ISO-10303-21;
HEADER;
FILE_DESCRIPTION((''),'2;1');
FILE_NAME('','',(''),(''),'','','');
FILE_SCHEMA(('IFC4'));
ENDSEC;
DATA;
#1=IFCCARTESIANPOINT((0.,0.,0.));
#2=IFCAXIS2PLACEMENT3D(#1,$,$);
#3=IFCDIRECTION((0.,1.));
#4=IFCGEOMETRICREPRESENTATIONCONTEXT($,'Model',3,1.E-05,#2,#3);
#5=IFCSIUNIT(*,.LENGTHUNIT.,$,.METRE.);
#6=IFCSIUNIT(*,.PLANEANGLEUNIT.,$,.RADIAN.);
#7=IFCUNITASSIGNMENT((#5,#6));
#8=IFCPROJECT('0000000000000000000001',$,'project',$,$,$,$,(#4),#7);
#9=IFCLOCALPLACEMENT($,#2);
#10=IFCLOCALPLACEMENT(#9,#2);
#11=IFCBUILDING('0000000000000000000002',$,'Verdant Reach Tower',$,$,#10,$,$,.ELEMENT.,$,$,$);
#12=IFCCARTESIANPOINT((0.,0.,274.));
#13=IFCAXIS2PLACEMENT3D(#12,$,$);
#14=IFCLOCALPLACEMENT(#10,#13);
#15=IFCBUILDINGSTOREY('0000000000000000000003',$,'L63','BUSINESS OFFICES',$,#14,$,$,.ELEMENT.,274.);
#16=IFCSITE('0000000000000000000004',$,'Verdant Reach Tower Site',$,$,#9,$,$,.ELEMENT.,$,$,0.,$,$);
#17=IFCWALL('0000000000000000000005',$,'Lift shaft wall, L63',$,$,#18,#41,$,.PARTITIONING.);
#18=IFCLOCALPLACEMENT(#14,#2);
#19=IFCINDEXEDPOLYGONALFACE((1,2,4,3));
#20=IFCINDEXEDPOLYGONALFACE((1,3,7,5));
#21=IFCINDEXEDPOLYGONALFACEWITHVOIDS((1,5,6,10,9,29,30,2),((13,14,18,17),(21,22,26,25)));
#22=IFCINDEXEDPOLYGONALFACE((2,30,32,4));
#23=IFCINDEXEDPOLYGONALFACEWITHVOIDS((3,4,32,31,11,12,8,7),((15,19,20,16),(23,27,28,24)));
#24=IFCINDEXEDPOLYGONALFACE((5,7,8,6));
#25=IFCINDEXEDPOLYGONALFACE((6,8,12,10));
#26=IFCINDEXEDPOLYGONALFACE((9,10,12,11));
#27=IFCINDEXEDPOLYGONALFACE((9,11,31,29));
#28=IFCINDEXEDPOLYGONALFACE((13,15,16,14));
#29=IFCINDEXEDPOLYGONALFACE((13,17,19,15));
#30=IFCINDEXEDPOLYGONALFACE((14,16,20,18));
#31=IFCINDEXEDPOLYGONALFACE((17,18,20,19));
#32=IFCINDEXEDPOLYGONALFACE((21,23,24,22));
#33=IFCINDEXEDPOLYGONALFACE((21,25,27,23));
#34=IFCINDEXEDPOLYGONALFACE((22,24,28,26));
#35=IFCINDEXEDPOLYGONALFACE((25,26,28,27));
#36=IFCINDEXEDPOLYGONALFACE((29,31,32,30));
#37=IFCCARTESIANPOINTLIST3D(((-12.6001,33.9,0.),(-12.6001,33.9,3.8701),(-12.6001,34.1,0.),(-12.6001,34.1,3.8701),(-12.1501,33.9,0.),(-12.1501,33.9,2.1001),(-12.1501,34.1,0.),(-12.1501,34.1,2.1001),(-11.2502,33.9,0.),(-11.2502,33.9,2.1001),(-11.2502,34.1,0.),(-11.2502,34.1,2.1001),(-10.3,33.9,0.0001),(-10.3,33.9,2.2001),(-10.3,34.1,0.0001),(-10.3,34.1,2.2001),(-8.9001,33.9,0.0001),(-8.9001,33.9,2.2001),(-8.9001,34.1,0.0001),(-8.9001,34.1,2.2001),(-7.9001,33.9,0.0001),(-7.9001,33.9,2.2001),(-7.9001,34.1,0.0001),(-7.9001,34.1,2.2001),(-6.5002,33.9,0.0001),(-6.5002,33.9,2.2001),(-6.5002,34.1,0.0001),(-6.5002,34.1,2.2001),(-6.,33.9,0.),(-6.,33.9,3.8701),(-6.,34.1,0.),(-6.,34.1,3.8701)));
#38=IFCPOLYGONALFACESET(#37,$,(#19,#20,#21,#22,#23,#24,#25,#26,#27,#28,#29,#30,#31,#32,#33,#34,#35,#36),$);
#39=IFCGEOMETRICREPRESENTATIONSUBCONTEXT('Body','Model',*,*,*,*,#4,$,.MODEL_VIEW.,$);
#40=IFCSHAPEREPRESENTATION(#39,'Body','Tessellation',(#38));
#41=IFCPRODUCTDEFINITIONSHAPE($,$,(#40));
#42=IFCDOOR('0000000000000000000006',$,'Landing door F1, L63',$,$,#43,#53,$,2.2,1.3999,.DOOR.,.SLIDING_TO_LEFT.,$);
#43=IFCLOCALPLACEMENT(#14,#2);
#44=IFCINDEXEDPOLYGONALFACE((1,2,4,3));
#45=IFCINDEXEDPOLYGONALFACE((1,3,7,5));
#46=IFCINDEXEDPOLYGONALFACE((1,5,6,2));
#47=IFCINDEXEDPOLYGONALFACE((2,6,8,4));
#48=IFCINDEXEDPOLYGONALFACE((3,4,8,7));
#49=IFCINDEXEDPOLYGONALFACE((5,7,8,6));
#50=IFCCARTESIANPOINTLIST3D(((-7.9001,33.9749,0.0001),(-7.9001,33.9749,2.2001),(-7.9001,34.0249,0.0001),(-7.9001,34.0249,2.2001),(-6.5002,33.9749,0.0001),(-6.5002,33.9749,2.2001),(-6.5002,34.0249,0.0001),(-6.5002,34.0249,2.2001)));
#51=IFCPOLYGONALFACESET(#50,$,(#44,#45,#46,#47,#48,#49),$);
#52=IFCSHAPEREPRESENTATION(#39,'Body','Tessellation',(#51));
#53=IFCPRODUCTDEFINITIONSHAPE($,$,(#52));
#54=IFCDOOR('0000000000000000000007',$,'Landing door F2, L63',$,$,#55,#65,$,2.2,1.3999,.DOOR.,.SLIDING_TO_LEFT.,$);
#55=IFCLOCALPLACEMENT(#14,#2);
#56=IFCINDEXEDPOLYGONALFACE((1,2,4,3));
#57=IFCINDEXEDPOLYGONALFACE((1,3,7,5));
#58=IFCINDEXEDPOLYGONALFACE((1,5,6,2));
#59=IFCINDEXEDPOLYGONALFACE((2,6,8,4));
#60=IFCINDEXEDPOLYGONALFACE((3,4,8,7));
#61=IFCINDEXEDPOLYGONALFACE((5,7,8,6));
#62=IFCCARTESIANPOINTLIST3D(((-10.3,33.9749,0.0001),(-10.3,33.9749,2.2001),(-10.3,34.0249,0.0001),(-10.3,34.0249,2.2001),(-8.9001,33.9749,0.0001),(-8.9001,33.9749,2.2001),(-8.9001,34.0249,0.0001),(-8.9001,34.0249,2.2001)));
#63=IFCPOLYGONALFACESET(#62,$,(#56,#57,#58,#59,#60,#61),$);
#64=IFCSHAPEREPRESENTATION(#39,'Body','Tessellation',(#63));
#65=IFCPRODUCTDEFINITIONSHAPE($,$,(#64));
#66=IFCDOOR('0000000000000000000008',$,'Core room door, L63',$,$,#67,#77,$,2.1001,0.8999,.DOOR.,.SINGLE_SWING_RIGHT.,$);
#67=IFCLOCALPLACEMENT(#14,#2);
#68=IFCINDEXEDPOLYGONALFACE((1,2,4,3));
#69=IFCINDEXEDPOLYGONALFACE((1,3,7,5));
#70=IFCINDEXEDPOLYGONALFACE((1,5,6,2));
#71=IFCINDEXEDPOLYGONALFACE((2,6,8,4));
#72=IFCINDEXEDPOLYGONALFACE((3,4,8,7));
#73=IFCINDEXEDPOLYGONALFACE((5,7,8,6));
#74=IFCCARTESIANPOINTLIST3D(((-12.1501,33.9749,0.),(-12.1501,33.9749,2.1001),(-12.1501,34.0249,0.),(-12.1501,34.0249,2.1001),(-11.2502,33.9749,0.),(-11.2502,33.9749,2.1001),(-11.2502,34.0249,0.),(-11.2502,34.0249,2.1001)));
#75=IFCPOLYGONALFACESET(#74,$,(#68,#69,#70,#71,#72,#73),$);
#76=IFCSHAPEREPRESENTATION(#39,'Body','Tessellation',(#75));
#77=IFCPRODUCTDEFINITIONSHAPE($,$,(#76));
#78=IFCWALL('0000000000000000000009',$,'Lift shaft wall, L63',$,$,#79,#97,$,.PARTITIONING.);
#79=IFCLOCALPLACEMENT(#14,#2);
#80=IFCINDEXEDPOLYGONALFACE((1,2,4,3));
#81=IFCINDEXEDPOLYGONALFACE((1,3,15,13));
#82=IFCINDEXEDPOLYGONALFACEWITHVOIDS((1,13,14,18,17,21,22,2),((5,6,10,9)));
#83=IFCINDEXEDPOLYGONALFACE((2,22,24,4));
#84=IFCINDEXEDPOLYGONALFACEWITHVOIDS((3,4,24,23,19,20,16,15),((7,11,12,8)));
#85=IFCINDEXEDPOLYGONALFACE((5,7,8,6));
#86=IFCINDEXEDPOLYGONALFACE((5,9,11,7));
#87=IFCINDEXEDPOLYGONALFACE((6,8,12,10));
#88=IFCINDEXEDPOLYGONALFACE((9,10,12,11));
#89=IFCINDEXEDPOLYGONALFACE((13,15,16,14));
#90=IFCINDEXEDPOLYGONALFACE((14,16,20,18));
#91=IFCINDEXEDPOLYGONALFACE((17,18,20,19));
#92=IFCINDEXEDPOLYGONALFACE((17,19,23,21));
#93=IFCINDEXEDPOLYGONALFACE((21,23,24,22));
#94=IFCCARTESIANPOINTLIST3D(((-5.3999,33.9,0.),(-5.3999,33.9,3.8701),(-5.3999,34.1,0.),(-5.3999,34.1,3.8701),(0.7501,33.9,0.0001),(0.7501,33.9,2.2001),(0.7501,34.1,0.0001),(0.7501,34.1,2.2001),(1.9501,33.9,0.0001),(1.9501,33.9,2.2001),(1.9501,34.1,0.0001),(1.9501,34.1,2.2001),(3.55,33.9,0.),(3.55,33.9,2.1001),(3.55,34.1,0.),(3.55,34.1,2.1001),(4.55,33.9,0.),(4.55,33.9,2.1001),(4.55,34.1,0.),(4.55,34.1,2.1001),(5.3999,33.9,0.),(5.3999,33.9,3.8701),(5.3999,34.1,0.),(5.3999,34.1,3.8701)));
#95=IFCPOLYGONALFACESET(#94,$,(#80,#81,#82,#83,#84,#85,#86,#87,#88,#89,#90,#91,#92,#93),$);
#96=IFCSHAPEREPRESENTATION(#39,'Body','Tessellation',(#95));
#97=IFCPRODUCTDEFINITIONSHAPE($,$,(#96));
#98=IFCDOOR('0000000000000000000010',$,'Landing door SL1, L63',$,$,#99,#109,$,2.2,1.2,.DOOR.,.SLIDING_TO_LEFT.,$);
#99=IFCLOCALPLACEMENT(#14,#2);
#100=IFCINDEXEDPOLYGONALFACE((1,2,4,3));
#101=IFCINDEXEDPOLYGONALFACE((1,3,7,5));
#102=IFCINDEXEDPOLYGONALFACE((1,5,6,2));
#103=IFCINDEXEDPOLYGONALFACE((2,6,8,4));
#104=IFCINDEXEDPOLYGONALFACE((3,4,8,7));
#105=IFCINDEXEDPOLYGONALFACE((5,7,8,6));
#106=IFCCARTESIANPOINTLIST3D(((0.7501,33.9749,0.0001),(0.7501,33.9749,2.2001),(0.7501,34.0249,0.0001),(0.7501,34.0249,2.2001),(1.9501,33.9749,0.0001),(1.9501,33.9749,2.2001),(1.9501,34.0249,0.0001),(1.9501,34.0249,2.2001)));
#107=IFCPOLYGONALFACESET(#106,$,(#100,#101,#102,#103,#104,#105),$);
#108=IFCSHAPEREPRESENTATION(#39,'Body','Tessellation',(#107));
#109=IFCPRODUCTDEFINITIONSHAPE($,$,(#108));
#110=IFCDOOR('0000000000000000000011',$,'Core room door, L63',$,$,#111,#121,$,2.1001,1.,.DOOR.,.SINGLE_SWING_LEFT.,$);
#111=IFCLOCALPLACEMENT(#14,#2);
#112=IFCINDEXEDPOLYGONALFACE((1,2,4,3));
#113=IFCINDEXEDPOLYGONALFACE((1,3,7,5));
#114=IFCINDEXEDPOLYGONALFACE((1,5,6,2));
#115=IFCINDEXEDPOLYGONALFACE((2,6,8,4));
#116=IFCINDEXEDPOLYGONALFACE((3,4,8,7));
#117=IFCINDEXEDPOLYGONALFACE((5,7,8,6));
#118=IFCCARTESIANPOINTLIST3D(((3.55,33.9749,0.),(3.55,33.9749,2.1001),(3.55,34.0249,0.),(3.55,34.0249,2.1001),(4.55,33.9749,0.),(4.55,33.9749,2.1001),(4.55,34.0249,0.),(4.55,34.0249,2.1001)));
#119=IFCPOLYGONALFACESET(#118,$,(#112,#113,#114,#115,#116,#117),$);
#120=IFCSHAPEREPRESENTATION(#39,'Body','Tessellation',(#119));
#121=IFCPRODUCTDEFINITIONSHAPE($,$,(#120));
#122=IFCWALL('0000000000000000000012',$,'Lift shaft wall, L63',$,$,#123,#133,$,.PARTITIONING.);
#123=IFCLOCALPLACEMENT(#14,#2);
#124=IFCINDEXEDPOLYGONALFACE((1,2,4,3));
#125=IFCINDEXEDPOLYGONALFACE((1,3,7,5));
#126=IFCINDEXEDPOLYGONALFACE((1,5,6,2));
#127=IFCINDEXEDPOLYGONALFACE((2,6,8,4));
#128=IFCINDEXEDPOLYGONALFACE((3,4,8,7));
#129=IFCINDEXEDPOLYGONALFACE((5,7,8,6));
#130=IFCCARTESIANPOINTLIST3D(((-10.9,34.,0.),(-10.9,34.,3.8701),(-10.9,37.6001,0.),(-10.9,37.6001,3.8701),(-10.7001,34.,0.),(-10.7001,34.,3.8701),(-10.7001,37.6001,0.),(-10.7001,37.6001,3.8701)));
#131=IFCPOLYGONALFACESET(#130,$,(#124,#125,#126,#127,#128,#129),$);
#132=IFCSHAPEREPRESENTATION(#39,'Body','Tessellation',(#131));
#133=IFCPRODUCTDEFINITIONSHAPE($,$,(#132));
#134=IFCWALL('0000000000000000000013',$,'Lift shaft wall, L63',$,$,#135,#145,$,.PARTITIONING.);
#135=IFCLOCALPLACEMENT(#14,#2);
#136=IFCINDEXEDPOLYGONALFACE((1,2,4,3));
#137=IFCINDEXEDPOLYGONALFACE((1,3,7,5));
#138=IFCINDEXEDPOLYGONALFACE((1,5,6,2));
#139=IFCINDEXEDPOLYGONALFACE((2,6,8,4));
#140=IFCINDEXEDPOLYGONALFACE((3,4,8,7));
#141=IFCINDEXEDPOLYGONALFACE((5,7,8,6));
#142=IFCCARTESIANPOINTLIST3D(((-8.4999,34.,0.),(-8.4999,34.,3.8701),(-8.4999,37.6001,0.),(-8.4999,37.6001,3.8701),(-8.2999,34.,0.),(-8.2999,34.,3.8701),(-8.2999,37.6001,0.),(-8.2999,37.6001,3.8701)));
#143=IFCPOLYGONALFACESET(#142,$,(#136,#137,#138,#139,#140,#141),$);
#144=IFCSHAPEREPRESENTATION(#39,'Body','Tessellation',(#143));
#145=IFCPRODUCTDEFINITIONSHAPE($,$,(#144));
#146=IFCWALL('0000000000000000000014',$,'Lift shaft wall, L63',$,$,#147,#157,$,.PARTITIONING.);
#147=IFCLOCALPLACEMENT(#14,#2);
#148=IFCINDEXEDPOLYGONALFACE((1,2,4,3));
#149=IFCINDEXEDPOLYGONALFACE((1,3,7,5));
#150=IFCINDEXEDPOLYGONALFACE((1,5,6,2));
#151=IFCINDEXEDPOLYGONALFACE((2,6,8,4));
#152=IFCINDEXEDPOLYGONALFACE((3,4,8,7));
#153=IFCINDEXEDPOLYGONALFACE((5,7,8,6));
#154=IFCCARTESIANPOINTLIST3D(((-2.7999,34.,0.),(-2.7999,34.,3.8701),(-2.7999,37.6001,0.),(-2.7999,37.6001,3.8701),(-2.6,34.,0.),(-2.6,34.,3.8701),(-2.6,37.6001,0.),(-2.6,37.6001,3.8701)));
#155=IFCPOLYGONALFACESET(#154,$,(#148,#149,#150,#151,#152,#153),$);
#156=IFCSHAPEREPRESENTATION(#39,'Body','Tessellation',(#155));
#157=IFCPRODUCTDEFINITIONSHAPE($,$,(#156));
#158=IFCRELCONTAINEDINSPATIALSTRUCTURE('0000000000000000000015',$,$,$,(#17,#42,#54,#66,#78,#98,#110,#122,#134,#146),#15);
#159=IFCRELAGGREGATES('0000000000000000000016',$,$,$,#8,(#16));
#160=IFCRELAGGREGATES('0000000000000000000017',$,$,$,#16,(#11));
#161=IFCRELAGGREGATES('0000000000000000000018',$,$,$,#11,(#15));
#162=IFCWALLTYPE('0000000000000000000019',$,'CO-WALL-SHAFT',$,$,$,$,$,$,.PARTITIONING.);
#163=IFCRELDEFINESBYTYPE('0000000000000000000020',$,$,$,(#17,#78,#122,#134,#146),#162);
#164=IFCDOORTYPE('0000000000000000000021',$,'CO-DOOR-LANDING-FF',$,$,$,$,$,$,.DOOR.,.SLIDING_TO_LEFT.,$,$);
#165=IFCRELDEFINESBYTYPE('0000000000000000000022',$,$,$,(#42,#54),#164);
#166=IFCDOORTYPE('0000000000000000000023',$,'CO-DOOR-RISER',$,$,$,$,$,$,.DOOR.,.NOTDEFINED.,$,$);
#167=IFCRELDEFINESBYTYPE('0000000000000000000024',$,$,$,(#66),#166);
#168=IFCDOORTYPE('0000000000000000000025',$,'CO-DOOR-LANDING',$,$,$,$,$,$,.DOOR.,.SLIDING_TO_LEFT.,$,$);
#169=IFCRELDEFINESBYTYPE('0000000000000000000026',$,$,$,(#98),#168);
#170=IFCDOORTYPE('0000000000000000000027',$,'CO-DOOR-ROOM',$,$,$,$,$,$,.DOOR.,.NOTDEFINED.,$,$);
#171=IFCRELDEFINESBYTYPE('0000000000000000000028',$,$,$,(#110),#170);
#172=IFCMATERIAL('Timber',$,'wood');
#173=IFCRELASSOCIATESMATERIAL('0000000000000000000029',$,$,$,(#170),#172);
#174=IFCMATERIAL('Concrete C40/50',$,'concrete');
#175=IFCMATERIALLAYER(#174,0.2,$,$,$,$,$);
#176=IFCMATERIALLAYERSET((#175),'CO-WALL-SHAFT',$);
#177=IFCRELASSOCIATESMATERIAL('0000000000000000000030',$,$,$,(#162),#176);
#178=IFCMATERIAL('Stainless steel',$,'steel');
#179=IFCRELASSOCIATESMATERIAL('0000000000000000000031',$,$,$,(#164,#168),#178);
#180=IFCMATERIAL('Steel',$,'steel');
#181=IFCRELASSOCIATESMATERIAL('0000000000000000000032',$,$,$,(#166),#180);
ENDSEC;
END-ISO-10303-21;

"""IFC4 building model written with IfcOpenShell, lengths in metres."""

from ifc_helpers import new_model, si_unit, direction, frame, frame_2d, origin, place, context, subcontext, project, spatial, rectangle, extrude, material, layer, layer_set, type_object, element, fill, save


model = new_model("IFC4")

# Units and contexts
model_context = context("Model", 3, precision=1e-05, world=origin(), true_north=direction((0.0, 1.0)))
body_context = subcontext(model_context, "Body", "Model", "MODEL_VIEW")
ifc_project = project(units=[si_unit("LENGTHUNIT", "METRE"), si_unit("PLANEANGLEUNIT", "RADIAN")], contexts=[model_context])

# Site, building, storey
site_placement = place(None, origin())
site = spatial("IfcSite", under=ifc_project, at=site_placement, Name="Verdant Reach Tower Site", CompositionType="ELEMENT", RefElevation=0.0)
building_placement = place(site_placement, origin())
building = spatial("IfcBuilding", under=site, at=building_placement, Name="Verdant Reach Tower", CompositionType="ELEMENT")
storey_placement = place(building_placement, frame((0.0, 0.0, 274.0)))
storey = spatial("IfcBuildingStorey", under=building, at=storey_placement, Name="L63", Description="BUSINESS OFFICES", CompositionType="ELEMENT", Elevation=274.0)

# Walls, openings, doors
ifc_material_1 = material(Name="Timber", Category="wood")
door_type_1 = type_object("IfcDoorType", Name="CO-DOOR-ROOM", OperationType="NOTDEFINED", PredefinedType="DOOR", material=ifc_material_1)
ifc_material_2 = material(Name="Concrete C40/50", Category="concrete")
ifc_layer_1 = layer(ifc_material_2, 0.2)
ifc_layer_set_1 = layer_set([ifc_layer_1], Name="CO-WALL-SHAFT")
wall_type_1 = type_object("IfcWallType", Name="CO-WALL-SHAFT", PredefinedType="PARTITIONING", material=ifc_layer_set_1)
wall_1_placement = place(storey_placement, frame((-12.6001, 34.0, 0.0), z_axis=(0.0, 0.0, 1.0), x_axis=(1.0, 0.0, 0.0)))
wall_1 = element("IfcWall", 1, at=wall_1_placement, inside=storey, type_object=wall_type_1, Name="Lift shaft wall, L63", PredefinedType="PARTITIONING", context=body_context, shape_type="SweptSolid", body=[
    extrude(rectangle(XDim=6.6001, YDim=0.2, at=frame_2d((3.3, 0.0))), origin(), (0.0, 0.0, 1.0), 3.8701),
])
opening_1_placement = place(wall_1_placement, frame((4.7, 0.0, 0.0)))
opening_1 = element("IfcOpeningElement", 2, at=opening_1_placement, cuts=wall_1, PredefinedType="OPENING", context=body_context, shape_type="SweptSolid", body=[
    extrude(rectangle(XDim=1.3999, YDim=2.2, at=frame_2d((0.7, 1.1001))), frame((0.0, 0.1099, 0.0), z_axis=(0.0, -1.0, 0.0), x_axis=(1.0, 0.0, 0.0)), (0.0, 0.0, 1.0), 0.22),
])
opening_2_placement = place(wall_1_placement, frame((2.3, 0.0, 0.0)))
opening_2 = element("IfcOpeningElement", 3, at=opening_2_placement, cuts=wall_1, PredefinedType="OPENING", context=body_context, shape_type="SweptSolid", body=[
    extrude(rectangle(XDim=1.3999, YDim=2.2, at=frame_2d((0.7, 1.1001))), frame((0.0, 0.1099, 0.0), z_axis=(0.0, -1.0, 0.0), x_axis=(1.0, 0.0, 0.0)), (0.0, 0.0, 1.0), 0.22),
])
opening_3_placement = place(wall_1_placement, frame((0.45, 0.0, 0.0)))
opening_3 = element("IfcOpeningElement", 4, at=opening_3_placement, cuts=wall_1, PredefinedType="OPENING", context=body_context, shape_type="SweptSolid", body=[
    extrude(rectangle(XDim=0.8999, YDim=2.1001, at=frame_2d((0.45, 1.05))), frame((0.0, 0.1099, 0.0), z_axis=(0.0, -1.0, 0.0), x_axis=(1.0, 0.0, 0.0)), (0.0, 0.0, 1.0), 0.22),
])
ifc_material_3 = material(Name="Stainless steel", Category="steel")
door_type_2 = type_object("IfcDoorType", Name="CO-DOOR-LANDING-FF", OperationType="SLIDING_TO_LEFT", PredefinedType="DOOR", material=ifc_material_3)
door_1_placement = place(opening_1_placement, origin())
door_1 = element("IfcDoor", 5, at=door_1_placement, inside=storey, type_object=door_type_2, Name="Landing door F1, L63", OperationType="SLIDING_TO_LEFT", OverallHeight=2.2, OverallWidth=1.3999, PredefinedType="DOOR", context=body_context, shape_type="SweptSolid", body=[
    extrude(rectangle(XDim=1.3999, YDim=2.2, at=frame_2d((0.7, 1.1001))), frame((0.0, 0.0249, 0.0), z_axis=(0.0, -1.0, 0.0), x_axis=(1.0, 0.0, 0.0)), (0.0, 0.0, 1.0), 0.05),
])
fill(opening_1, door_1)
door_2_placement = place(opening_2_placement, origin())
door_2 = element("IfcDoor", 6, at=door_2_placement, inside=storey, type_object=door_type_2, Name="Landing door F2, L63", OperationType="SLIDING_TO_LEFT", OverallHeight=2.2, OverallWidth=1.3999, PredefinedType="DOOR", context=body_context, shape_type="SweptSolid", body=[
    extrude(rectangle(XDim=1.3999, YDim=2.2, at=frame_2d((0.7, 1.1001))), frame((0.0, 0.0249, 0.0), z_axis=(0.0, -1.0, 0.0), x_axis=(1.0, 0.0, 0.0)), (0.0, 0.0, 1.0), 0.05),
])
fill(opening_2, door_2)
ifc_material_4 = material(Name="Steel", Category="steel")
door_type_3 = type_object("IfcDoorType", Name="CO-DOOR-RISER", OperationType="NOTDEFINED", PredefinedType="DOOR", material=ifc_material_4)
door_3_placement = place(opening_3_placement, origin())
door_3 = element("IfcDoor", 7, at=door_3_placement, inside=storey, type_object=door_type_3, Name="Core room door, L63", OperationType="SINGLE_SWING_RIGHT", OverallHeight=2.1001, OverallWidth=0.8999, PredefinedType="DOOR", context=body_context, shape_type="SweptSolid", body=[
    extrude(rectangle(XDim=0.8999, YDim=2.1001, at=frame_2d((0.45, 1.05))), frame((0.0, 0.0249, 0.0), z_axis=(0.0, -1.0, 0.0), x_axis=(1.0, 0.0, 0.0)), (0.0, 0.0, 1.0), 0.05),
])
fill(opening_3, door_3)
wall_2_placement = place(storey_placement, frame((-5.3999, 34.0, 0.0), z_axis=(0.0, 0.0, 1.0), x_axis=(1.0, 0.0, 0.0)))
wall_2 = element("IfcWall", 8, at=wall_2_placement, inside=storey, type_object=wall_type_1, Name="Lift shaft wall, L63", PredefinedType="PARTITIONING", context=body_context, shape_type="SweptSolid", body=[
    extrude(rectangle(XDim=10.7998, YDim=0.2, at=frame_2d((5.3999, 0.0))), origin(), (0.0, 0.0, 1.0), 3.8701),
])
opening_4_placement = place(wall_2_placement, frame((6.1499, 0.0, 0.0)))
opening_4 = element("IfcOpeningElement", 9, at=opening_4_placement, cuts=wall_2, PredefinedType="OPENING", context=body_context, shape_type="SweptSolid", body=[
    extrude(rectangle(XDim=1.2, YDim=2.2, at=frame_2d((0.6001, 1.1001))), frame((0.0, 0.1099, 0.0), z_axis=(0.0, -1.0, 0.0), x_axis=(1.0, 0.0, 0.0)), (0.0, 0.0, 1.0), 0.22),
])
opening_5_placement = place(wall_2_placement, frame((8.95, 0.0, 0.0)))
opening_5 = element("IfcOpeningElement", 10, at=opening_5_placement, cuts=wall_2, PredefinedType="OPENING", context=body_context, shape_type="SweptSolid", body=[
    extrude(rectangle(XDim=1.0, YDim=2.1001, at=frame_2d((0.5, 1.05))), frame((0.0, 0.1099, 0.0), z_axis=(0.0, -1.0, 0.0), x_axis=(1.0, 0.0, 0.0)), (0.0, 0.0, 1.0), 0.22),
])
door_type_4 = type_object("IfcDoorType", Name="CO-DOOR-LANDING", OperationType="SLIDING_TO_LEFT", PredefinedType="DOOR", material=ifc_material_3)
door_4_placement = place(opening_4_placement, origin())
door_4 = element("IfcDoor", 11, at=door_4_placement, inside=storey, type_object=door_type_4, Name="Landing door SL1, L63", OperationType="SLIDING_TO_LEFT", OverallHeight=2.2, OverallWidth=1.2, PredefinedType="DOOR", context=body_context, shape_type="SweptSolid", body=[
    extrude(rectangle(XDim=1.2, YDim=2.2, at=frame_2d((0.6001, 1.1001))), frame((0.0, 0.0249, 0.0), z_axis=(0.0, -1.0, 0.0), x_axis=(1.0, 0.0, 0.0)), (0.0, 0.0, 1.0), 0.05),
])
fill(opening_4, door_4)
door_5_placement = place(opening_5_placement, origin())
door_5 = element("IfcDoor", 12, at=door_5_placement, inside=storey, type_object=door_type_1, Name="Core room door, L63", OperationType="SINGLE_SWING_LEFT", OverallHeight=2.1001, OverallWidth=1.0, PredefinedType="DOOR", context=body_context, shape_type="SweptSolid", body=[
    extrude(rectangle(XDim=1.0, YDim=2.1001, at=frame_2d((0.5, 1.05))), frame((0.0, 0.0249, 0.0), z_axis=(0.0, -1.0, 0.0), x_axis=(1.0, 0.0, 0.0)), (0.0, 0.0, 1.0), 0.05),
])
fill(opening_5, door_5)

# Walls
for number, where, z_axis, x_axis, name in (
    (13, (-10.8, 34.0, 0.0), (0.0, 0.0, 1.0), (0.0, 1.0, 0.0), "Lift shaft wall, L63"),
    (14, (-8.3999, 34.0, 0.0), (0.0, 0.0, 1.0), (0.0, 1.0, 0.0), "Lift shaft wall, L63"),
    (15, (-2.7, 34.0, 0.0), (0.0, 0.0, 1.0), (0.0, 1.0, 0.0), "Lift shaft wall, L63"),
):
    element("IfcWall", number, at=place(storey_placement, frame(where, z_axis=z_axis, x_axis=x_axis)), inside=storey, type_object=wall_type_1, Name=name, PredefinedType="PARTITIONING", context=body_context, shape_type="SweptSolid", body=[
        extrude(rectangle(XDim=3.6001, YDim=0.2, at=frame_2d((1.8, 0.0))), origin(), (0.0, 0.0, 1.0), 3.8701),
    ])

save(model, "model.ifc")
